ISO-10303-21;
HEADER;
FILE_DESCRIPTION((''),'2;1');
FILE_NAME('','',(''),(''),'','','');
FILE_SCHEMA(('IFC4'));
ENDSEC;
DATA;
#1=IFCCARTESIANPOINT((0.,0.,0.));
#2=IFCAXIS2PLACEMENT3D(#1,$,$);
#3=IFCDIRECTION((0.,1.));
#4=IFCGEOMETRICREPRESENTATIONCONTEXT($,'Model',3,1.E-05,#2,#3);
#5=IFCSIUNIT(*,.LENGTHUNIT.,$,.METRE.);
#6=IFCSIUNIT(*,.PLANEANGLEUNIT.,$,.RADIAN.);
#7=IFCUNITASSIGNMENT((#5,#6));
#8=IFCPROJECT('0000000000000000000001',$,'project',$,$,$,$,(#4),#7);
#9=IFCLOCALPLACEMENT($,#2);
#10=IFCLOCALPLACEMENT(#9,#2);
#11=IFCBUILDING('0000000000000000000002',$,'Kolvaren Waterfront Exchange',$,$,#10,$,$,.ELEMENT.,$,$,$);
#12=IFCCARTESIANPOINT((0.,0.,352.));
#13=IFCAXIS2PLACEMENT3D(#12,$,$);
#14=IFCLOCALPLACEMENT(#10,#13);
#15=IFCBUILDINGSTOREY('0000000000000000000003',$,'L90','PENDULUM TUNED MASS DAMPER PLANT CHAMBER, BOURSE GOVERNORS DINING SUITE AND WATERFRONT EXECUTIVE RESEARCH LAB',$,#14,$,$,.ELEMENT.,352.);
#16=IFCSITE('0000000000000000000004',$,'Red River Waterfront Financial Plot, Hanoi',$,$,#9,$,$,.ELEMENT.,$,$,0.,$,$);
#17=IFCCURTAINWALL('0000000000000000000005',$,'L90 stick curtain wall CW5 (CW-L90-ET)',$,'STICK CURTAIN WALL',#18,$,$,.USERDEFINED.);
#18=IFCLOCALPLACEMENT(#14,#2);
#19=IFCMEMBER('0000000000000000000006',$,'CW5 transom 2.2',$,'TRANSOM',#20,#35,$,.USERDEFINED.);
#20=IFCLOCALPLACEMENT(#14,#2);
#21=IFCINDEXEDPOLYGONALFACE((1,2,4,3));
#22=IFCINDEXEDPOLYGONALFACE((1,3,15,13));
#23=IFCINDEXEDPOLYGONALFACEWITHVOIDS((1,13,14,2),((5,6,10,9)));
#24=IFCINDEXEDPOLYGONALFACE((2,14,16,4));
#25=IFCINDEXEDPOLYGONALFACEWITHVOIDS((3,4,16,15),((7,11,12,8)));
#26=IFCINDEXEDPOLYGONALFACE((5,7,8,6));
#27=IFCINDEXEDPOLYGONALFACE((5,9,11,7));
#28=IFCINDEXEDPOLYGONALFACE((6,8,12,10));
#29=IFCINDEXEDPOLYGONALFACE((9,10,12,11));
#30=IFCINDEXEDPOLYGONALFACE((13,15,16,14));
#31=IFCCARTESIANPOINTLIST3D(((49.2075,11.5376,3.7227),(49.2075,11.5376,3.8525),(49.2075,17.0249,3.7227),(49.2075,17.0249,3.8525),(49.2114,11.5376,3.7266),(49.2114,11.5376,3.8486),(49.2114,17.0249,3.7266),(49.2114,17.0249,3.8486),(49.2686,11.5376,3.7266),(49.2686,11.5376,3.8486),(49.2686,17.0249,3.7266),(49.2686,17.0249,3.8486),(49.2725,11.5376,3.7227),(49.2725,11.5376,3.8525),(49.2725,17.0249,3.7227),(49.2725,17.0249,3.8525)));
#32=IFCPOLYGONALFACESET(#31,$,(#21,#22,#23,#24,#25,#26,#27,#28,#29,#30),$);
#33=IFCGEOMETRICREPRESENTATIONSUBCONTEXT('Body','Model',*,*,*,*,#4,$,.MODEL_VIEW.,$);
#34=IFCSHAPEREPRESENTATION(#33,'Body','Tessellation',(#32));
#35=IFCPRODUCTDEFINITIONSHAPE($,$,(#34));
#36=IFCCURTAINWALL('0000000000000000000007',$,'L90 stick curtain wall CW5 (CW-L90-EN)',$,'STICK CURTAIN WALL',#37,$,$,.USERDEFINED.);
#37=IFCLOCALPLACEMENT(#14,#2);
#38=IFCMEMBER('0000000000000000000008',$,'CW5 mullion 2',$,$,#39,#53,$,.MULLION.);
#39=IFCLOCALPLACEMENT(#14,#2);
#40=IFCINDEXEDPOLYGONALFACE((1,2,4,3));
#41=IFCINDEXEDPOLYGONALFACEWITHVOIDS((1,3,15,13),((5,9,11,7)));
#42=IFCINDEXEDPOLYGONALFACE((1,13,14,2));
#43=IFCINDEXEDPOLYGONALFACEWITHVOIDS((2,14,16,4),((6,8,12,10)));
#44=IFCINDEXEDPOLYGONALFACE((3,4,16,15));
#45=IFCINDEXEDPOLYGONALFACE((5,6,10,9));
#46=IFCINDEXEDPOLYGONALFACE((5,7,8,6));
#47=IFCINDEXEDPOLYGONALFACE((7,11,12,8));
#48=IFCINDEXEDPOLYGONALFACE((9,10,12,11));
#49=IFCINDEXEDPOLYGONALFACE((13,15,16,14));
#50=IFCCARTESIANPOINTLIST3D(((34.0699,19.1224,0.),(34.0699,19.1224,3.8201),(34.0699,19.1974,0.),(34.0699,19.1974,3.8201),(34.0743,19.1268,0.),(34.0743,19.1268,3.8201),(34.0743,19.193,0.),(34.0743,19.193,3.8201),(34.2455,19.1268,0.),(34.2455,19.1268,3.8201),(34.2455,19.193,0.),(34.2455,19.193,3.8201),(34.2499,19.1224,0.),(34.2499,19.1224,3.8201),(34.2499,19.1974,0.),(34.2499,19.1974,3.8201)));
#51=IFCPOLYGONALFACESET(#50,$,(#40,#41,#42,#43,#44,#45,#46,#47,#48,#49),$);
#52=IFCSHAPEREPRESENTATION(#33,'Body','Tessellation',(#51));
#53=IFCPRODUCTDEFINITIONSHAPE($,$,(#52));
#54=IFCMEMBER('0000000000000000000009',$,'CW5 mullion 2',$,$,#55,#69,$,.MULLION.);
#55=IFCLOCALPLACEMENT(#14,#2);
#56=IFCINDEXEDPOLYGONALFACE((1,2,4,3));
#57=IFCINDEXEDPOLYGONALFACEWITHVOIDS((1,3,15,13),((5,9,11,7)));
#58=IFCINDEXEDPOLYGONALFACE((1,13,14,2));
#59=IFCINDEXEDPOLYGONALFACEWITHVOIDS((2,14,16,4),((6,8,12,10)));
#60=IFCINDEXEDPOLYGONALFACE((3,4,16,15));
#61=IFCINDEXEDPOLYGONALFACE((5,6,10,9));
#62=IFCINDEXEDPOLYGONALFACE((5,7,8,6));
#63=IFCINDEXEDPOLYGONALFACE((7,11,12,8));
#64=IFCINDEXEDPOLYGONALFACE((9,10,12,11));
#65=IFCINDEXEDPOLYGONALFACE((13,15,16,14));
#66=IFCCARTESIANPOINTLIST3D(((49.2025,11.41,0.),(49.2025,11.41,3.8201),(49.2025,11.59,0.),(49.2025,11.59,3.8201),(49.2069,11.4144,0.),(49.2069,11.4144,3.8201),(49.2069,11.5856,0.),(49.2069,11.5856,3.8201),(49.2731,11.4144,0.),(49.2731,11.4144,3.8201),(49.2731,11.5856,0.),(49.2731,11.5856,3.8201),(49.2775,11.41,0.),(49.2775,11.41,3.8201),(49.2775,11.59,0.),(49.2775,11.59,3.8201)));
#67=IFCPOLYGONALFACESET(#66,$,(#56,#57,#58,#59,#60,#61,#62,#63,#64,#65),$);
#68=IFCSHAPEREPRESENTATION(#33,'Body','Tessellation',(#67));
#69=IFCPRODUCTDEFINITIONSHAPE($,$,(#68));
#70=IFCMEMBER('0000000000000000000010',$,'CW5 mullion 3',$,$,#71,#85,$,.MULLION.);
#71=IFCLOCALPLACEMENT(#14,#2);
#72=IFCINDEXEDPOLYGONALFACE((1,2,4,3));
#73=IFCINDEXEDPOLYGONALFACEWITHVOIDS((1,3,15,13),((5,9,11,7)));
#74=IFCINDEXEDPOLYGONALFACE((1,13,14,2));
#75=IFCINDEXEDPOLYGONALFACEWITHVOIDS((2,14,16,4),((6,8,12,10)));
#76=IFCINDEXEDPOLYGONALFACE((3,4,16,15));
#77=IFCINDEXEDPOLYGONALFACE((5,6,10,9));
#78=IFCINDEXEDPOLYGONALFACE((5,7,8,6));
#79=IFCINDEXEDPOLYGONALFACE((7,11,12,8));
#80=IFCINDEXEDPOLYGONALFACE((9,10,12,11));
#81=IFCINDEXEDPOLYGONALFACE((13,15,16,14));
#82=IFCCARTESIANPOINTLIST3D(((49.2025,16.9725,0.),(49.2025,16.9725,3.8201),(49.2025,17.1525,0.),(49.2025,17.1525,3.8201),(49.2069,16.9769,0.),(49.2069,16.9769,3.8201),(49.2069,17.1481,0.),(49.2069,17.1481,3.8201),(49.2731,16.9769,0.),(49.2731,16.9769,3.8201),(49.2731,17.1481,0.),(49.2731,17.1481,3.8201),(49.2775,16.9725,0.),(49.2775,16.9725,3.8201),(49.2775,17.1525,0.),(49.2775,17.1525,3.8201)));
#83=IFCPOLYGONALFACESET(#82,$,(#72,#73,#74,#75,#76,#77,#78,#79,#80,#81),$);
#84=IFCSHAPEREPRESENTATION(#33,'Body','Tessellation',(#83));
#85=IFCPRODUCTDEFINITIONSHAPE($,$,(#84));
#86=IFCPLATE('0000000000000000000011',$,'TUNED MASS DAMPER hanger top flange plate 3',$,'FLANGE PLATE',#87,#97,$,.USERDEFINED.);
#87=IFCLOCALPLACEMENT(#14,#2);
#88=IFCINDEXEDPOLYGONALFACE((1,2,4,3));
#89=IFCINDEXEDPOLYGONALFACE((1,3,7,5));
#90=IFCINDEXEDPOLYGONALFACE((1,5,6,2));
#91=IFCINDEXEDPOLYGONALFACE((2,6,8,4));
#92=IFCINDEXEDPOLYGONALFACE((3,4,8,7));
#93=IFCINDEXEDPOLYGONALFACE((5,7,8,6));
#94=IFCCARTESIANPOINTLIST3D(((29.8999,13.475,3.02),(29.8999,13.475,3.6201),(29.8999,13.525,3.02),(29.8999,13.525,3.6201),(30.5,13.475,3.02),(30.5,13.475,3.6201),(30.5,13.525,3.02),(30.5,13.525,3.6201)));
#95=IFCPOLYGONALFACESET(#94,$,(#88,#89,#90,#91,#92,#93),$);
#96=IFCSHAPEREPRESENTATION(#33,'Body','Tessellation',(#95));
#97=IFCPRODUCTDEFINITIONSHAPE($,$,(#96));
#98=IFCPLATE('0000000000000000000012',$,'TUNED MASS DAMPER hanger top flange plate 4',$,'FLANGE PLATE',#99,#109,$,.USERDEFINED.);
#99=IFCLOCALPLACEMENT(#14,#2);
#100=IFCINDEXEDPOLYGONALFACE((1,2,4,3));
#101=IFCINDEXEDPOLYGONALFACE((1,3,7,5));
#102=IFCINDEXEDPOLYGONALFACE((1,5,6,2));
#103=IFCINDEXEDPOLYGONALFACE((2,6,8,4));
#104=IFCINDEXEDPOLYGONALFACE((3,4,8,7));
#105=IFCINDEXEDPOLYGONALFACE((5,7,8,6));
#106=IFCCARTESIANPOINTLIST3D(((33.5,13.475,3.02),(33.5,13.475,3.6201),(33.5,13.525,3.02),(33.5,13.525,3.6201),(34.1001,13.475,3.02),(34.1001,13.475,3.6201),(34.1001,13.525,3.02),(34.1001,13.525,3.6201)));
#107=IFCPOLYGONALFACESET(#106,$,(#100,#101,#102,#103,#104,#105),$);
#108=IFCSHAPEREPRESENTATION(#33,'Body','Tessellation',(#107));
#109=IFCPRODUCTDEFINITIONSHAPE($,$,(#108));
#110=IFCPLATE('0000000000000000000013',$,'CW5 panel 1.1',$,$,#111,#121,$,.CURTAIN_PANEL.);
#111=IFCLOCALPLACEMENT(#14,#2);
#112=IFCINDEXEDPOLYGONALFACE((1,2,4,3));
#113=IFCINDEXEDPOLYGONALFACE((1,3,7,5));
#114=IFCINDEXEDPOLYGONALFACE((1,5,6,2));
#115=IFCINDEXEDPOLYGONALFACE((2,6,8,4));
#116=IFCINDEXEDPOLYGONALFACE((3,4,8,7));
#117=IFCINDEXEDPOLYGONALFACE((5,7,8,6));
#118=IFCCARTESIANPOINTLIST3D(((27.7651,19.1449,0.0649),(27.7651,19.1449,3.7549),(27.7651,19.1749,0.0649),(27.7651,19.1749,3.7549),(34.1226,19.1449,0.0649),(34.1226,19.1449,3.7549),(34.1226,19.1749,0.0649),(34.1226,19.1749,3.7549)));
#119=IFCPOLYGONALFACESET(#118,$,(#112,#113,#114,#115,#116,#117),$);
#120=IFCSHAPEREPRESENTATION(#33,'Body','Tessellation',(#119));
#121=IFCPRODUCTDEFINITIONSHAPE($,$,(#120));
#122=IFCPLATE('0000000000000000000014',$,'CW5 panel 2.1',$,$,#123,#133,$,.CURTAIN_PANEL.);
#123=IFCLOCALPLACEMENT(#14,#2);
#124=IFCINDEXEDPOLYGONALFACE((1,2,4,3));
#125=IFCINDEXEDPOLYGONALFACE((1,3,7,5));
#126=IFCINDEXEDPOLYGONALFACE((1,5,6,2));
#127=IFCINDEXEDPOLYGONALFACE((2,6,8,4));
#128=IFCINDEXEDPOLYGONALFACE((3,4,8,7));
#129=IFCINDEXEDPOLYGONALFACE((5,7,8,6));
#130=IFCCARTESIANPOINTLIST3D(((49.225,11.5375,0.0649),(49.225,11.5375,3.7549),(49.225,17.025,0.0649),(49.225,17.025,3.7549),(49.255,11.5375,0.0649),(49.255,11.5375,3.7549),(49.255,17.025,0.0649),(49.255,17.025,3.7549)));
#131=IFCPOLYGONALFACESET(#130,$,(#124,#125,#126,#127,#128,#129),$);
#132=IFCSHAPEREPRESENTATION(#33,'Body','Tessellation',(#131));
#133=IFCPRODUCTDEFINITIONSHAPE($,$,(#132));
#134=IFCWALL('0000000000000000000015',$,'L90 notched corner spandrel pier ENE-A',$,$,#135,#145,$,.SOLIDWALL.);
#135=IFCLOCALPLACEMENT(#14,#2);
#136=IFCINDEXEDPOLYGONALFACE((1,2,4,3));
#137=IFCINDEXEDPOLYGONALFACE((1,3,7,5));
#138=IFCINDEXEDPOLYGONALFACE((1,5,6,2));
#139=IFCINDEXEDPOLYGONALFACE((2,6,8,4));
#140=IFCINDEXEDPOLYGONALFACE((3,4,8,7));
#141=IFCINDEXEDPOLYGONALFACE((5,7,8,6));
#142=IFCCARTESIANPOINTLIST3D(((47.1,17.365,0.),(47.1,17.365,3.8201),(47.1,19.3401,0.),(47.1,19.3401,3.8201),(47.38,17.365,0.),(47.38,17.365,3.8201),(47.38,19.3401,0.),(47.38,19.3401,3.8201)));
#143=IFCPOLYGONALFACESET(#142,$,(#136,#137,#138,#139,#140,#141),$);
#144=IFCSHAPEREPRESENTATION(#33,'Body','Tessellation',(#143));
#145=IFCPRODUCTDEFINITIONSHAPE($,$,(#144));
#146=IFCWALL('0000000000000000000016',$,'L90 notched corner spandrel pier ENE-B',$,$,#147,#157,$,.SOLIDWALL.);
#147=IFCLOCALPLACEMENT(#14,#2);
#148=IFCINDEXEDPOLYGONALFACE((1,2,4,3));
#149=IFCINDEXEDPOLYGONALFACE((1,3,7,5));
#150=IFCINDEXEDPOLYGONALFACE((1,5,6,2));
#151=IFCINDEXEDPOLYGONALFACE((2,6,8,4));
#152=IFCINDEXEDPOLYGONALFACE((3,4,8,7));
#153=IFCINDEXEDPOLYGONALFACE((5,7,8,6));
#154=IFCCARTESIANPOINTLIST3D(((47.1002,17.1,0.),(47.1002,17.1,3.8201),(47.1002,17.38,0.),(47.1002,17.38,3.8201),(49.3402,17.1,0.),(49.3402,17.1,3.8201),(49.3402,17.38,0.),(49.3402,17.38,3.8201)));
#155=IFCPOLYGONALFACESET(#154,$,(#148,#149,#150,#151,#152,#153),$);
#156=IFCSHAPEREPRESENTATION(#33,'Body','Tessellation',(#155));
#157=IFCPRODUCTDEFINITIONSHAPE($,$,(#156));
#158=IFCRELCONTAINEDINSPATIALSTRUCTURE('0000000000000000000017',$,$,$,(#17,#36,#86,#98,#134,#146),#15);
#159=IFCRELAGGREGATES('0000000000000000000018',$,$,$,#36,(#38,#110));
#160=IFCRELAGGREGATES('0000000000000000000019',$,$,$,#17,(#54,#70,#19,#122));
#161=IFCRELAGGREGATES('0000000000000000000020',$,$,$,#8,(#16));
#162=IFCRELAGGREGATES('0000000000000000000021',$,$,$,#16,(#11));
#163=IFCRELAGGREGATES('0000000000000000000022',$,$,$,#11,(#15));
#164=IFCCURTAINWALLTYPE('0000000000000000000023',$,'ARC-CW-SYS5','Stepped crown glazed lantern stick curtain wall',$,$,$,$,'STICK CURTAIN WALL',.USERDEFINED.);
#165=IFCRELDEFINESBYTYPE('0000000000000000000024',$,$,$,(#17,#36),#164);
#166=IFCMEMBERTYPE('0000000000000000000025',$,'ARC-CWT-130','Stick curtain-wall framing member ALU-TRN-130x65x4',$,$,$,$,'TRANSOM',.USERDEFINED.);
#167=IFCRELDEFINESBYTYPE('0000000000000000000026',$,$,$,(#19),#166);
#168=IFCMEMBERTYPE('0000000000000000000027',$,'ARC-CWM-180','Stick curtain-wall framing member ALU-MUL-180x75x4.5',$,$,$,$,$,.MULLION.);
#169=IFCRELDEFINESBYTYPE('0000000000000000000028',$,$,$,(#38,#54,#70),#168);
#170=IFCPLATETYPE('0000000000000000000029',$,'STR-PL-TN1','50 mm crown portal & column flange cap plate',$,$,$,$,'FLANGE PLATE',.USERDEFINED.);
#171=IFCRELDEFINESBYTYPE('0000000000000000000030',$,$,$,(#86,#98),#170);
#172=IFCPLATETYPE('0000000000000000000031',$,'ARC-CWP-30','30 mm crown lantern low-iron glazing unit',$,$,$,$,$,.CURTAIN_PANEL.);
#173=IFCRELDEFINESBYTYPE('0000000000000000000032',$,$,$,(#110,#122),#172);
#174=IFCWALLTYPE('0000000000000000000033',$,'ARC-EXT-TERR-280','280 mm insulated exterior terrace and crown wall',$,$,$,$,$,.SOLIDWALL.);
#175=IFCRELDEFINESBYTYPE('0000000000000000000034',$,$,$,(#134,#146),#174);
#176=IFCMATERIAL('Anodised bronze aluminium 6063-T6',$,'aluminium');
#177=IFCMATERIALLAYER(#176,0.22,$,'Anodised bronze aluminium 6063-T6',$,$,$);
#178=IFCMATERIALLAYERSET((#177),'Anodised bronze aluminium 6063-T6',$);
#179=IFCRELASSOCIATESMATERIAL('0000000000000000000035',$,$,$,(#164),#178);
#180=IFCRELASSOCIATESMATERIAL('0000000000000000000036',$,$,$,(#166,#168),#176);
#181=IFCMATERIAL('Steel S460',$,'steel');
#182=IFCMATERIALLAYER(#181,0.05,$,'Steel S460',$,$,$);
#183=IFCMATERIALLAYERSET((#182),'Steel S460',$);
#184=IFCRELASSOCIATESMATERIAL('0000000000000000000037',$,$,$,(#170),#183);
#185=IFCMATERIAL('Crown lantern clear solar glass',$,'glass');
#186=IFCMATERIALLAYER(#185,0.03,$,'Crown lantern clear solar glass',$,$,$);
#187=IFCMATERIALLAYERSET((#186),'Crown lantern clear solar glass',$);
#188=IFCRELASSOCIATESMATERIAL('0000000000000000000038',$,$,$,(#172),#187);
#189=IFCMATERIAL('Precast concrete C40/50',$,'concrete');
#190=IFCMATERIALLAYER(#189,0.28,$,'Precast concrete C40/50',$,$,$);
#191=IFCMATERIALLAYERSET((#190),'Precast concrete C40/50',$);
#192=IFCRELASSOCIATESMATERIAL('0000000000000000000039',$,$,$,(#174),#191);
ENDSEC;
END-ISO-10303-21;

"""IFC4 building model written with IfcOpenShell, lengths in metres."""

from ifc_helpers import new_model, si_unit, direction, frame, frame_2d, origin, origin_with_axes, origin_2d, place, context, subcontext, project, spatial, rectangle, hollow_rectangle, extrude, source, transform, mapped, material, layer, layer_set, material_profile, profile_set, type_object, element, aggregate, save


model = new_model("IFC4")

# Units and contexts
model_context = context("Model", 3, precision=1e-05, world=origin(), true_north=direction((0.0, 1.0)))
body_context = subcontext(model_context, "Body", "Model", "MODEL_VIEW")
ifc_project = project(units=[si_unit("LENGTHUNIT", "METRE"), si_unit("PLANEANGLEUNIT", "RADIAN")], contexts=[model_context])

# Site, building, storey
site_placement = place(None, origin())
site = spatial("IfcSite", under=ifc_project, at=site_placement, Name="Red River Waterfront Financial Plot, Hanoi", CompositionType="ELEMENT", RefElevation=0.0)
building_placement = place(site_placement, origin())
building = spatial("IfcBuilding", under=site, at=building_placement, Name="Kolvaren Waterfront Exchange", CompositionType="ELEMENT")
storey_placement = place(building_placement, frame((0.0, 0.0, 352.0)))
storey = spatial("IfcBuildingStorey", under=building, at=storey_placement, Name="L90", Description="PENDULUM TUNED MASS DAMPER PLANT CHAMBER, BOURSE GOVERNORS DINING SUITE AND WATERFRONT EXECUTIVE RESEARCH LAB", CompositionType="ELEMENT", Elevation=352.0)

# Curtain wall, member
ifc_material_1 = material(Name="Anodised bronze aluminium 6063-T6", Category="aluminium")
ifc_layer_1 = layer(ifc_material_1, 0.22, Name="Anodised bronze aluminium 6063-T6")
ifc_layer_set_1 = layer_set([ifc_layer_1], Name="Anodised bronze aluminium 6063-T6")
curtain_wall_type = type_object("IfcCurtainWallType", Name="ARC-CW-SYS5", Description="Stepped crown glazed lantern stick curtain wall", ElementType="STICK CURTAIN WALL", PredefinedType="USERDEFINED", material=ifc_layer_set_1)
curtain_wall_1_placement = place(storey_placement, origin())
curtain_wall_1 = element("IfcCurtainWall", 1, at=curtain_wall_1_placement, inside=storey, type_object=curtain_wall_type, Name="L90 stick curtain wall CW5 (CW-L90-ET)", ObjectType="STICK CURTAIN WALL", PredefinedType="USERDEFINED")
ifc_material_profile_1 = material_profile(ifc_material_1, hollow_rectangle(XDim=0.0649, YDim=0.1299, WallThickness=0.0039, at=origin_2d()), Name="ALU-TRN-130x65x4")
ifc_profile_set_1 = profile_set([ifc_material_profile_1], Name="Anodised bronze aluminium 6063-T6")
member_type_1 = type_object("IfcMemberType", Name="ARC-CWT-130", Description="Stick curtain-wall framing member ALU-TRN-130x65x4", ElementType="TRANSOM", PredefinedType="USERDEFINED", material=ifc_profile_set_1)
shared_shape_1 = source(origin_with_axes(), body_context, "Body", "SweptSolid", [
    extrude(hollow_rectangle(XDim=0.0649, YDim=0.1299, WallThickness=0.0039, at=origin_2d()), origin(), (0.0, 0.0, 1.0), 5.4873),
])
member_1_placement = place(storey_placement, frame((49.24, 11.5376, 3.7876), z_axis=(0.0, 1.0, 0.0), x_axis=(-1.0, 0.0, 0.0)))
member_1 = element("IfcMember", 2, at=member_1_placement, type_object=member_type_1, Name="CW5 transom 2.2", ObjectType="TRANSOM", PredefinedType="USERDEFINED", context=body_context, shape_type="MappedRepresentation", body=[
    mapped(shared_shape_1, transform((0.0, 0.0, 0.0), x_axis=(1.0, 0.0, 0.0), y_axis=(0.0, 1.0, 0.0), z_axis=(0.0, 0.0, 1.0), scale=1.0)),
])

# Curtain wall, member
curtain_wall_2_placement = place(storey_placement, origin())
curtain_wall_2 = element("IfcCurtainWall", 3, at=curtain_wall_2_placement, inside=storey, type_object=curtain_wall_type, Name="L90 stick curtain wall CW5 (CW-L90-EN)", ObjectType="STICK CURTAIN WALL", PredefinedType="USERDEFINED")
ifc_material_profile_2 = material_profile(ifc_material_1, hollow_rectangle(XDim=0.075, YDim=0.1799, WallThickness=0.0044, at=origin_2d()), Name="ALU-MUL-180x75x4.5")
ifc_profile_set_2 = profile_set([ifc_material_profile_2], Name="Anodised bronze aluminium 6063-T6")
member_type_2 = type_object("IfcMemberType", Name="ARC-CWM-180", Description="Stick curtain-wall framing member ALU-MUL-180x75x4.5", PredefinedType="MULLION", material=ifc_profile_set_2)
shared_shape_2 = source(origin_with_axes(), body_context, "Body", "SweptSolid", [
    extrude(hollow_rectangle(XDim=0.075, YDim=0.1799, WallThickness=0.0044, at=origin_2d()), origin(), (0.0, 0.0, 1.0), 3.8201),
])
member_2_placement = place(storey_placement, frame((34.1599, 19.1599, 0.0), z_axis=(0.0, 0.0, 1.0), x_axis=(0.0, 1.0, 0.0)))
member_2 = element("IfcMember", 4, at=member_2_placement, type_object=member_type_2, Name="CW5 mullion 2", PredefinedType="MULLION", context=body_context, shape_type="MappedRepresentation", body=[
    mapped(shared_shape_2, transform((0.0, 0.0, 0.0), x_axis=(1.0, 0.0, 0.0), y_axis=(0.0, 1.0, 0.0), z_axis=(0.0, 0.0, 1.0), scale=1.0)),
])

# Members
member_3_placement = place(storey_placement, frame((49.24, 11.5, 0.0), z_axis=(0.0, 0.0, 1.0), x_axis=(-1.0, 0.0, 0.0)))
member_3 = element("IfcMember", 5, at=member_3_placement, type_object=member_type_2, Name="CW5 mullion 2", PredefinedType="MULLION", context=body_context, shape_type="MappedRepresentation", body=[
    mapped(shared_shape_2, transform((0.0, 0.0, 0.0), x_axis=(1.0, 0.0, 0.0), y_axis=(0.0, 1.0, 0.0), z_axis=(0.0, 0.0, 1.0), scale=1.0)),
])
member_4_placement = place(storey_placement, frame((49.24, 17.0625, 0.0), z_axis=(0.0, 0.0, 1.0), x_axis=(-1.0, 0.0, 0.0)))
member_4 = element("IfcMember", 6, at=member_4_placement, type_object=member_type_2, Name="CW5 mullion 3", PredefinedType="MULLION", context=body_context, shape_type="MappedRepresentation", body=[
    mapped(shared_shape_2, transform((0.0, 0.0, 0.0), x_axis=(1.0, 0.0, 0.0), y_axis=(0.0, 1.0, 0.0), z_axis=(0.0, 0.0, 1.0), scale=1.0)),
])

# Plates
ifc_material_2 = material(Name="Steel S460", Category="steel")
ifc_layer_2 = layer(ifc_material_2, 0.05, Name="Steel S460")
ifc_layer_set_2 = layer_set([ifc_layer_2], Name="Steel S460")
plate_type_1 = type_object("IfcPlateType", Name="STR-PL-TN1", Description="50 mm crown portal & column flange cap plate", ElementType="FLANGE PLATE", PredefinedType="USERDEFINED", material=ifc_layer_set_2)
shared_shape_3 = source(origin_with_axes(), body_context, "Body", "SweptSolid", [
    extrude(rectangle(XDim=0.6001, YDim=0.05, at=origin_2d()), origin(), (0.0, 0.0, 1.0), 0.6001),
])
for number, where, z_axis, x_axis, name in (
    (7, (30.2, 13.5, 3.02), (0.0, 0.0, 1.0), (1.0, 0.0, 0.0), "TUNED MASS DAMPER hanger top flange plate 3"),
    (8, (33.8, 13.5, 3.02), (0.0, 0.0, 1.0), (1.0, 0.0, 0.0), "TUNED MASS DAMPER hanger top flange plate 4"),
):
    element("IfcPlate", number, at=place(storey_placement, frame(where, z_axis=z_axis, x_axis=x_axis)), inside=storey, type_object=plate_type_1, Name=name, ObjectType="FLANGE PLATE", PredefinedType="USERDEFINED", context=body_context, shape_type="MappedRepresentation", body=[
        mapped(shared_shape_3, transform((0.0, 0.0, 0.0), x_axis=(1.0, 0.0, 0.0), y_axis=(0.0, 1.0, 0.0), z_axis=(0.0, 0.0, 1.0), scale=1.0)),
    ])

# Plates
ifc_material_3 = material(Name="Crown lantern clear solar glass", Category="glass")
ifc_layer_3 = layer(ifc_material_3, 0.03, Name="Crown lantern clear solar glass")
ifc_layer_set_3 = layer_set([ifc_layer_3], Name="Crown lantern clear solar glass")
plate_type_2 = type_object("IfcPlateType", Name="ARC-CWP-30", Description="30 mm crown lantern low-iron glazing unit", PredefinedType="CURTAIN_PANEL", material=ifc_layer_set_3)
shared_shape_4 = source(origin_with_axes(), body_context, "Body", "SweptSolid", [
    extrude(rectangle(XDim=6.3574, YDim=0.03, at=origin_2d()), origin(), (0.0, 0.0, 1.0), 3.6899),
])
plate_1_placement = place(storey_placement, frame((30.9438, 19.1599, 0.0649), z_axis=(0.0, 0.0, 1.0), x_axis=(1.0, 0.0, 0.0)))
plate_1 = element("IfcPlate", 9, at=plate_1_placement, type_object=plate_type_2, Name="CW5 panel 1.1", PredefinedType="CURTAIN_PANEL", context=body_context, shape_type="MappedRepresentation", body=[
    mapped(shared_shape_4, transform((0.0, 0.0, 0.0), x_axis=(1.0, 0.0, 0.0), y_axis=(0.0, 1.0, 0.0), z_axis=(0.0, 0.0, 1.0), scale=1.0)),
])
aggregate(curtain_wall_2, [member_2, plate_1])
shared_shape_5 = source(origin_with_axes(), body_context, "Body", "SweptSolid", [
    extrude(rectangle(XDim=5.4875, YDim=0.03, at=origin_2d()), origin(), (0.0, 0.0, 1.0), 3.6899),
])
plate_2_placement = place(storey_placement, frame((49.24, 14.2812, 0.0649), z_axis=(0.0, 0.0, 1.0), x_axis=(0.0, 1.0, 0.0)))
plate_2 = element("IfcPlate", 10, at=plate_2_placement, type_object=plate_type_2, Name="CW5 panel 2.1", PredefinedType="CURTAIN_PANEL", context=body_context, shape_type="MappedRepresentation", body=[
    mapped(shared_shape_5, transform((0.0, 0.0, 0.0), x_axis=(1.0, 0.0, 0.0), y_axis=(0.0, 1.0, 0.0), z_axis=(0.0, 0.0, 1.0), scale=1.0)),
])
aggregate(curtain_wall_1, [member_3, member_4, member_1, plate_2])

# Walls
ifc_material_4 = material(Name="Precast concrete C40/50", Category="concrete")
ifc_layer_4 = layer(ifc_material_4, 0.28, Name="Precast concrete C40/50")
ifc_layer_set_4 = layer_set([ifc_layer_4], Name="Precast concrete C40/50")
wall_type_1 = type_object("IfcWallType", Name="ARC-EXT-TERR-280", Description="280 mm insulated exterior terrace and crown wall", PredefinedType="SOLIDWALL", material=ifc_layer_set_4)
wall_1_placement = place(storey_placement, frame((47.24, 17.365, 0.0), z_axis=(0.0, 0.0, 1.0), x_axis=(0.0, 1.0, 0.0)))
element("IfcWall", 11, at=wall_1_placement, inside=storey, type_object=wall_type_1, Name="L90 notched corner spandrel pier ENE-A", PredefinedType="SOLIDWALL", context=body_context, shape_type="SweptSolid", body=[
    extrude(rectangle(XDim=1.9751, YDim=0.28, at=frame_2d((0.9875, 0.0))), origin(), (0.0, 0.0, 1.0), 3.8201),
])
wall_2_placement = place(storey_placement, frame((47.1001, 17.24, 0.0), z_axis=(0.0, 0.0, 1.0), x_axis=(1.0, 0.0, 0.0)))
element("IfcWall", 12, at=wall_2_placement, inside=storey, type_object=wall_type_1, Name="L90 notched corner spandrel pier ENE-B", PredefinedType="SOLIDWALL", context=body_context, shape_type="SweptSolid", body=[
    extrude(rectangle(XDim=2.24, YDim=0.28, at=frame_2d((1.1201, 0.0))), origin(), (0.0, 0.0, 1.0), 3.8201),
])

save(model, "model.ifc")
